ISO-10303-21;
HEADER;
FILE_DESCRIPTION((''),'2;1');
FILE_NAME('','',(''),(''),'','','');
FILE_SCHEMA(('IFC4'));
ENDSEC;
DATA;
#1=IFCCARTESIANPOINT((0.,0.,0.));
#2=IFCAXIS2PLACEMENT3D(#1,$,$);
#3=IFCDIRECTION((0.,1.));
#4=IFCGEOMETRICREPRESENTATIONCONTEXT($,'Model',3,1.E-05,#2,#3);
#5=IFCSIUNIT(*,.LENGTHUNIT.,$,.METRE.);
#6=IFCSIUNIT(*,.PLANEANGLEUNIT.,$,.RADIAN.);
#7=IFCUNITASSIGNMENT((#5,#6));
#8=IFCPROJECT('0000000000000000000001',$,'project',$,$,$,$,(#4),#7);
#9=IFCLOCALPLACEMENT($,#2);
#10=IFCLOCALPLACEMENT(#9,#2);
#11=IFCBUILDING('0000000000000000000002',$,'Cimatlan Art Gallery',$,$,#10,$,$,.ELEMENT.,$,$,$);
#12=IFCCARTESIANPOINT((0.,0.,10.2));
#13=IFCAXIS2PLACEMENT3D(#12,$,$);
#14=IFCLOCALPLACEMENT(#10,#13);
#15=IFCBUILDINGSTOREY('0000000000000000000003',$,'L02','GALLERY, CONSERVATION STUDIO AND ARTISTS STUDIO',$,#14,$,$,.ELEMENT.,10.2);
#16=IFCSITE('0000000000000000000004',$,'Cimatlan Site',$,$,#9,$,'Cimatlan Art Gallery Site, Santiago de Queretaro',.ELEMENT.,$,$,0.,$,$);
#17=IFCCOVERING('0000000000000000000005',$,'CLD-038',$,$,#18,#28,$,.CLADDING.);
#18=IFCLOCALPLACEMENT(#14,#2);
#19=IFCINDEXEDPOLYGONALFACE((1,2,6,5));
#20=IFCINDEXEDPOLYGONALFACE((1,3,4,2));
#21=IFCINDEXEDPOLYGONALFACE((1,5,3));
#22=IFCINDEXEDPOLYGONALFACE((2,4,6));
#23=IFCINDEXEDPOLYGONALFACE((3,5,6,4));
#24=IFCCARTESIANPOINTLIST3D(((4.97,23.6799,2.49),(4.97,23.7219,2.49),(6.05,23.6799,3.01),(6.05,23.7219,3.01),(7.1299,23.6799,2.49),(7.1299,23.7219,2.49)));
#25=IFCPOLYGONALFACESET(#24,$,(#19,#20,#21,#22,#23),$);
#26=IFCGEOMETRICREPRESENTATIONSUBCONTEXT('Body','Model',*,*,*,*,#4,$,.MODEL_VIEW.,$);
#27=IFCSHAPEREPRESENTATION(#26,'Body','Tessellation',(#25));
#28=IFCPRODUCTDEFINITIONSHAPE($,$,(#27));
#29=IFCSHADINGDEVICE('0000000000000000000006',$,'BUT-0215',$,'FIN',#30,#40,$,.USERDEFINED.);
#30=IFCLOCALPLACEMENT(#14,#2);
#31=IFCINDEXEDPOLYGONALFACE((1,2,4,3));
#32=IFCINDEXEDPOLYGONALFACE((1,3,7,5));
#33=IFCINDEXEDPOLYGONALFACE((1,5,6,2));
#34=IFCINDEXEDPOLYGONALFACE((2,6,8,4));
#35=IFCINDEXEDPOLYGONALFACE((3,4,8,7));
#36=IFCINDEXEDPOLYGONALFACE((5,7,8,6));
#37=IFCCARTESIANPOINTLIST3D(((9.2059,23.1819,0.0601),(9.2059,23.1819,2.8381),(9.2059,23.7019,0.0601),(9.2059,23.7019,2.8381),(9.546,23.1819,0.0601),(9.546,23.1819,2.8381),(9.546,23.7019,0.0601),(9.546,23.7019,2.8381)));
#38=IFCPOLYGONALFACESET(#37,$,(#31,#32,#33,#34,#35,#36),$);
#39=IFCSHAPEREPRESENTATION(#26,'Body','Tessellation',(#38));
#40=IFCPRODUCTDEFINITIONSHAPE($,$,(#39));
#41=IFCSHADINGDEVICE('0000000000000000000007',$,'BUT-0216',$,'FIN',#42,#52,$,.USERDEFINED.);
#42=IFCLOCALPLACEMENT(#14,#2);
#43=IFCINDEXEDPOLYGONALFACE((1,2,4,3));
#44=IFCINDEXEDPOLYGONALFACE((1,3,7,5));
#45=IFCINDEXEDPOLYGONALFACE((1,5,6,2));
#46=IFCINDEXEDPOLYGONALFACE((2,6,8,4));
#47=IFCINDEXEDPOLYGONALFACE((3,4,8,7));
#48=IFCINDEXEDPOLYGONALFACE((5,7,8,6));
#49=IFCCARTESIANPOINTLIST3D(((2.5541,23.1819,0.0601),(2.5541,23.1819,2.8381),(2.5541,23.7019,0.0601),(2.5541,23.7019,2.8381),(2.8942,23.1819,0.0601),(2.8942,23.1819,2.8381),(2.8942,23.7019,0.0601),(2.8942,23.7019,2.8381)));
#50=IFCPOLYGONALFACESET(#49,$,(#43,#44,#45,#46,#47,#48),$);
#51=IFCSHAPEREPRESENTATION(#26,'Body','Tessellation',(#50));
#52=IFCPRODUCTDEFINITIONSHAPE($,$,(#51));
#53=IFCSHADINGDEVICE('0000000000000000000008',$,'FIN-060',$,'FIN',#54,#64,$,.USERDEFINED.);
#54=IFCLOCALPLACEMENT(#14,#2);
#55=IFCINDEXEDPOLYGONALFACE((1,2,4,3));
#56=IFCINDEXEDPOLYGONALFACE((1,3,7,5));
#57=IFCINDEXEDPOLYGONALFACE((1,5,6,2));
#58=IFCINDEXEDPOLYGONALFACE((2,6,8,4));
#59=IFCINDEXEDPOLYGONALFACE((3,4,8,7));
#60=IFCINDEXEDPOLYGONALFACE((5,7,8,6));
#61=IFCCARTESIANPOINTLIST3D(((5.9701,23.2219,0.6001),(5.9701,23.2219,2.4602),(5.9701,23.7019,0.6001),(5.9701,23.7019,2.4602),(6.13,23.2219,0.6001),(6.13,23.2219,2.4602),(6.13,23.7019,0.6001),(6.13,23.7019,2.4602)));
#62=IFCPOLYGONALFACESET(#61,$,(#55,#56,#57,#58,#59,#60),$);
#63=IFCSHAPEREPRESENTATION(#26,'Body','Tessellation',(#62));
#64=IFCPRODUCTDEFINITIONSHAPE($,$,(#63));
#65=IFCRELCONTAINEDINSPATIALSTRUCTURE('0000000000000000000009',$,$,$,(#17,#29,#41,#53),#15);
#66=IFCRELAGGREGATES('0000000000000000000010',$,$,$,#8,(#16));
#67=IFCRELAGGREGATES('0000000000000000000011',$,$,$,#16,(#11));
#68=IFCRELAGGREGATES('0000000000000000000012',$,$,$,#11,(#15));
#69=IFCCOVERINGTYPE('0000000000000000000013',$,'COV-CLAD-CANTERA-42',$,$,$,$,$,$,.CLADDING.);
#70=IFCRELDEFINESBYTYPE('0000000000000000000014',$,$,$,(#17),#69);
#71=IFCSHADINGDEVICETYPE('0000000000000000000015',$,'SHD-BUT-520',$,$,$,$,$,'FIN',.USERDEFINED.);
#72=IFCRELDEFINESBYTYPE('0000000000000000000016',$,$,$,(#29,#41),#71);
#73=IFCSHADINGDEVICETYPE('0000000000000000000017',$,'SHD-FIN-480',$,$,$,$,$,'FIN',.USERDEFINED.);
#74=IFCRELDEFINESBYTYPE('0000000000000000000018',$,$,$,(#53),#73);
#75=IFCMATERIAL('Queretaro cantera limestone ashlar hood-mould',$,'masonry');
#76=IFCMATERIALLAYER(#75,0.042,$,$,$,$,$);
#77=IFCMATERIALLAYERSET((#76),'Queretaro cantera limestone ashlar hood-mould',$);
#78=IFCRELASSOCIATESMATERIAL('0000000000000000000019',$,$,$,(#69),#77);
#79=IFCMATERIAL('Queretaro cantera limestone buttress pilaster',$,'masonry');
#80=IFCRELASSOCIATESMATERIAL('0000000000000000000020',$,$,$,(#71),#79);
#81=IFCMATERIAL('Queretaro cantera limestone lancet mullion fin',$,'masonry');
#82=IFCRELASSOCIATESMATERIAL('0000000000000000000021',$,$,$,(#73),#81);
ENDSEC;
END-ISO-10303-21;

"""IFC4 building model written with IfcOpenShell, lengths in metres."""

from ifc_helpers import new_model, si_unit, direction, frame, origin, origin_2d, place, context, subcontext, project, spatial, polyline, rectangle, outline, extrude, material, layer, layer_set, type_object, element, save


model = new_model("IFC4")

# Units and contexts
model_context = context("Model", 3, precision=1e-05, world=origin(), true_north=direction((0.0, 1.0)))
body_context = subcontext(model_context, "Body", "Model", "MODEL_VIEW")
ifc_project = project(units=[si_unit("LENGTHUNIT", "METRE"), si_unit("PLANEANGLEUNIT", "RADIAN")], contexts=[model_context])

# Site, building, storey
site_placement = place(None, origin())
site = spatial("IfcSite", under=ifc_project, at=site_placement, Name="Cimatlan Site", LongName="Cimatlan Art Gallery Site, Santiago de Queretaro", CompositionType="ELEMENT", RefElevation=0.0)
building_placement = place(site_placement, origin())
building = spatial("IfcBuilding", under=site, at=building_placement, Name="Cimatlan Art Gallery", CompositionType="ELEMENT")
storey_placement = place(building_placement, frame((0.0, 0.0, 10.2)))
storey = spatial("IfcBuildingStorey", under=building, at=storey_placement, Name="L02", Description="GALLERY, CONSERVATION STUDIO AND ARTISTS STUDIO", CompositionType="ELEMENT", Elevation=10.2)

# Covering
ifc_material_1 = material(Name="Queretaro cantera limestone ashlar hood-mould", Category="masonry")
ifc_layer_1 = layer(ifc_material_1, 0.042)
ifc_layer_set_1 = layer_set([ifc_layer_1], Name="Queretaro cantera limestone ashlar hood-mould")
covering_type = type_object("IfcCoveringType", Name="COV-CLAD-CANTERA-42", PredefinedType="CLADDING", material=ifc_layer_set_1)
covering_placement = place(storey_placement, frame((7.1299, 23.7219, 2.49), z_axis=(0.0, 1.0, 0.0), x_axis=(-1.0, 0.0, 0.0)))
element("IfcCovering", 1, at=covering_placement, inside=storey, type_object=covering_type, Name="CLD-038", PredefinedType="CLADDING", context=body_context, shape_type="SweptSolid", body=[
    extrude(outline(polyline([(0.0, 0.0), (2.1599, 0.0), (1.0798, 0.52), (0.0, 0.0)])), origin(), (0.0, 0.0, -1.0), 0.042),
])

# Shading devices
ifc_material_2 = material(Name="Queretaro cantera limestone buttress pilaster", Category="masonry")
shading_device_type_1 = type_object("IfcShadingDeviceType", Name="SHD-BUT-520", ElementType="FIN", PredefinedType="USERDEFINED", material=ifc_material_2)
for number, where, z_axis, x_axis, name in (
    (2, (9.376, 23.4419, 0.0601), (0.0, 0.0, 1.0), (-1.0, 0.0, 0.0), "BUT-0215"),
    (3, (2.7241, 23.4419, 0.0601), (0.0, 0.0, 1.0), (-1.0, 0.0, 0.0), "BUT-0216"),
):
    element("IfcShadingDevice", number, at=place(storey_placement, frame(where, z_axis=z_axis, x_axis=x_axis)), inside=storey, type_object=shading_device_type_1, Name=name, ObjectType="FIN", PredefinedType="USERDEFINED", context=body_context, shape_type="SweptSolid", body=[
        extrude(rectangle(XDim=0.3401, YDim=0.52, at=origin_2d()), origin(), (0.0, 0.0, 1.0), 2.7781),
    ])
ifc_material_3 = material(Name="Queretaro cantera limestone lancet mullion fin", Category="masonry")
shading_device_type_2 = type_object("IfcShadingDeviceType", Name="SHD-FIN-480", ElementType="FIN", PredefinedType="USERDEFINED", material=ifc_material_3)
shading_device_placement = place(storey_placement, frame((6.05, 23.4619, 0.6001), z_axis=(0.0, 0.0, 1.0), x_axis=(-1.0, 0.0, 0.0)))
element("IfcShadingDevice", 4, at=shading_device_placement, inside=storey, type_object=shading_device_type_2, Name="FIN-060", ObjectType="FIN", PredefinedType="USERDEFINED", context=body_context, shape_type="SweptSolid", body=[
    extrude(rectangle(XDim=0.1599, YDim=0.48, at=origin_2d()), origin(), (0.0, 0.0, 1.0), 1.8601),
])

save(model, "model.ifc")
